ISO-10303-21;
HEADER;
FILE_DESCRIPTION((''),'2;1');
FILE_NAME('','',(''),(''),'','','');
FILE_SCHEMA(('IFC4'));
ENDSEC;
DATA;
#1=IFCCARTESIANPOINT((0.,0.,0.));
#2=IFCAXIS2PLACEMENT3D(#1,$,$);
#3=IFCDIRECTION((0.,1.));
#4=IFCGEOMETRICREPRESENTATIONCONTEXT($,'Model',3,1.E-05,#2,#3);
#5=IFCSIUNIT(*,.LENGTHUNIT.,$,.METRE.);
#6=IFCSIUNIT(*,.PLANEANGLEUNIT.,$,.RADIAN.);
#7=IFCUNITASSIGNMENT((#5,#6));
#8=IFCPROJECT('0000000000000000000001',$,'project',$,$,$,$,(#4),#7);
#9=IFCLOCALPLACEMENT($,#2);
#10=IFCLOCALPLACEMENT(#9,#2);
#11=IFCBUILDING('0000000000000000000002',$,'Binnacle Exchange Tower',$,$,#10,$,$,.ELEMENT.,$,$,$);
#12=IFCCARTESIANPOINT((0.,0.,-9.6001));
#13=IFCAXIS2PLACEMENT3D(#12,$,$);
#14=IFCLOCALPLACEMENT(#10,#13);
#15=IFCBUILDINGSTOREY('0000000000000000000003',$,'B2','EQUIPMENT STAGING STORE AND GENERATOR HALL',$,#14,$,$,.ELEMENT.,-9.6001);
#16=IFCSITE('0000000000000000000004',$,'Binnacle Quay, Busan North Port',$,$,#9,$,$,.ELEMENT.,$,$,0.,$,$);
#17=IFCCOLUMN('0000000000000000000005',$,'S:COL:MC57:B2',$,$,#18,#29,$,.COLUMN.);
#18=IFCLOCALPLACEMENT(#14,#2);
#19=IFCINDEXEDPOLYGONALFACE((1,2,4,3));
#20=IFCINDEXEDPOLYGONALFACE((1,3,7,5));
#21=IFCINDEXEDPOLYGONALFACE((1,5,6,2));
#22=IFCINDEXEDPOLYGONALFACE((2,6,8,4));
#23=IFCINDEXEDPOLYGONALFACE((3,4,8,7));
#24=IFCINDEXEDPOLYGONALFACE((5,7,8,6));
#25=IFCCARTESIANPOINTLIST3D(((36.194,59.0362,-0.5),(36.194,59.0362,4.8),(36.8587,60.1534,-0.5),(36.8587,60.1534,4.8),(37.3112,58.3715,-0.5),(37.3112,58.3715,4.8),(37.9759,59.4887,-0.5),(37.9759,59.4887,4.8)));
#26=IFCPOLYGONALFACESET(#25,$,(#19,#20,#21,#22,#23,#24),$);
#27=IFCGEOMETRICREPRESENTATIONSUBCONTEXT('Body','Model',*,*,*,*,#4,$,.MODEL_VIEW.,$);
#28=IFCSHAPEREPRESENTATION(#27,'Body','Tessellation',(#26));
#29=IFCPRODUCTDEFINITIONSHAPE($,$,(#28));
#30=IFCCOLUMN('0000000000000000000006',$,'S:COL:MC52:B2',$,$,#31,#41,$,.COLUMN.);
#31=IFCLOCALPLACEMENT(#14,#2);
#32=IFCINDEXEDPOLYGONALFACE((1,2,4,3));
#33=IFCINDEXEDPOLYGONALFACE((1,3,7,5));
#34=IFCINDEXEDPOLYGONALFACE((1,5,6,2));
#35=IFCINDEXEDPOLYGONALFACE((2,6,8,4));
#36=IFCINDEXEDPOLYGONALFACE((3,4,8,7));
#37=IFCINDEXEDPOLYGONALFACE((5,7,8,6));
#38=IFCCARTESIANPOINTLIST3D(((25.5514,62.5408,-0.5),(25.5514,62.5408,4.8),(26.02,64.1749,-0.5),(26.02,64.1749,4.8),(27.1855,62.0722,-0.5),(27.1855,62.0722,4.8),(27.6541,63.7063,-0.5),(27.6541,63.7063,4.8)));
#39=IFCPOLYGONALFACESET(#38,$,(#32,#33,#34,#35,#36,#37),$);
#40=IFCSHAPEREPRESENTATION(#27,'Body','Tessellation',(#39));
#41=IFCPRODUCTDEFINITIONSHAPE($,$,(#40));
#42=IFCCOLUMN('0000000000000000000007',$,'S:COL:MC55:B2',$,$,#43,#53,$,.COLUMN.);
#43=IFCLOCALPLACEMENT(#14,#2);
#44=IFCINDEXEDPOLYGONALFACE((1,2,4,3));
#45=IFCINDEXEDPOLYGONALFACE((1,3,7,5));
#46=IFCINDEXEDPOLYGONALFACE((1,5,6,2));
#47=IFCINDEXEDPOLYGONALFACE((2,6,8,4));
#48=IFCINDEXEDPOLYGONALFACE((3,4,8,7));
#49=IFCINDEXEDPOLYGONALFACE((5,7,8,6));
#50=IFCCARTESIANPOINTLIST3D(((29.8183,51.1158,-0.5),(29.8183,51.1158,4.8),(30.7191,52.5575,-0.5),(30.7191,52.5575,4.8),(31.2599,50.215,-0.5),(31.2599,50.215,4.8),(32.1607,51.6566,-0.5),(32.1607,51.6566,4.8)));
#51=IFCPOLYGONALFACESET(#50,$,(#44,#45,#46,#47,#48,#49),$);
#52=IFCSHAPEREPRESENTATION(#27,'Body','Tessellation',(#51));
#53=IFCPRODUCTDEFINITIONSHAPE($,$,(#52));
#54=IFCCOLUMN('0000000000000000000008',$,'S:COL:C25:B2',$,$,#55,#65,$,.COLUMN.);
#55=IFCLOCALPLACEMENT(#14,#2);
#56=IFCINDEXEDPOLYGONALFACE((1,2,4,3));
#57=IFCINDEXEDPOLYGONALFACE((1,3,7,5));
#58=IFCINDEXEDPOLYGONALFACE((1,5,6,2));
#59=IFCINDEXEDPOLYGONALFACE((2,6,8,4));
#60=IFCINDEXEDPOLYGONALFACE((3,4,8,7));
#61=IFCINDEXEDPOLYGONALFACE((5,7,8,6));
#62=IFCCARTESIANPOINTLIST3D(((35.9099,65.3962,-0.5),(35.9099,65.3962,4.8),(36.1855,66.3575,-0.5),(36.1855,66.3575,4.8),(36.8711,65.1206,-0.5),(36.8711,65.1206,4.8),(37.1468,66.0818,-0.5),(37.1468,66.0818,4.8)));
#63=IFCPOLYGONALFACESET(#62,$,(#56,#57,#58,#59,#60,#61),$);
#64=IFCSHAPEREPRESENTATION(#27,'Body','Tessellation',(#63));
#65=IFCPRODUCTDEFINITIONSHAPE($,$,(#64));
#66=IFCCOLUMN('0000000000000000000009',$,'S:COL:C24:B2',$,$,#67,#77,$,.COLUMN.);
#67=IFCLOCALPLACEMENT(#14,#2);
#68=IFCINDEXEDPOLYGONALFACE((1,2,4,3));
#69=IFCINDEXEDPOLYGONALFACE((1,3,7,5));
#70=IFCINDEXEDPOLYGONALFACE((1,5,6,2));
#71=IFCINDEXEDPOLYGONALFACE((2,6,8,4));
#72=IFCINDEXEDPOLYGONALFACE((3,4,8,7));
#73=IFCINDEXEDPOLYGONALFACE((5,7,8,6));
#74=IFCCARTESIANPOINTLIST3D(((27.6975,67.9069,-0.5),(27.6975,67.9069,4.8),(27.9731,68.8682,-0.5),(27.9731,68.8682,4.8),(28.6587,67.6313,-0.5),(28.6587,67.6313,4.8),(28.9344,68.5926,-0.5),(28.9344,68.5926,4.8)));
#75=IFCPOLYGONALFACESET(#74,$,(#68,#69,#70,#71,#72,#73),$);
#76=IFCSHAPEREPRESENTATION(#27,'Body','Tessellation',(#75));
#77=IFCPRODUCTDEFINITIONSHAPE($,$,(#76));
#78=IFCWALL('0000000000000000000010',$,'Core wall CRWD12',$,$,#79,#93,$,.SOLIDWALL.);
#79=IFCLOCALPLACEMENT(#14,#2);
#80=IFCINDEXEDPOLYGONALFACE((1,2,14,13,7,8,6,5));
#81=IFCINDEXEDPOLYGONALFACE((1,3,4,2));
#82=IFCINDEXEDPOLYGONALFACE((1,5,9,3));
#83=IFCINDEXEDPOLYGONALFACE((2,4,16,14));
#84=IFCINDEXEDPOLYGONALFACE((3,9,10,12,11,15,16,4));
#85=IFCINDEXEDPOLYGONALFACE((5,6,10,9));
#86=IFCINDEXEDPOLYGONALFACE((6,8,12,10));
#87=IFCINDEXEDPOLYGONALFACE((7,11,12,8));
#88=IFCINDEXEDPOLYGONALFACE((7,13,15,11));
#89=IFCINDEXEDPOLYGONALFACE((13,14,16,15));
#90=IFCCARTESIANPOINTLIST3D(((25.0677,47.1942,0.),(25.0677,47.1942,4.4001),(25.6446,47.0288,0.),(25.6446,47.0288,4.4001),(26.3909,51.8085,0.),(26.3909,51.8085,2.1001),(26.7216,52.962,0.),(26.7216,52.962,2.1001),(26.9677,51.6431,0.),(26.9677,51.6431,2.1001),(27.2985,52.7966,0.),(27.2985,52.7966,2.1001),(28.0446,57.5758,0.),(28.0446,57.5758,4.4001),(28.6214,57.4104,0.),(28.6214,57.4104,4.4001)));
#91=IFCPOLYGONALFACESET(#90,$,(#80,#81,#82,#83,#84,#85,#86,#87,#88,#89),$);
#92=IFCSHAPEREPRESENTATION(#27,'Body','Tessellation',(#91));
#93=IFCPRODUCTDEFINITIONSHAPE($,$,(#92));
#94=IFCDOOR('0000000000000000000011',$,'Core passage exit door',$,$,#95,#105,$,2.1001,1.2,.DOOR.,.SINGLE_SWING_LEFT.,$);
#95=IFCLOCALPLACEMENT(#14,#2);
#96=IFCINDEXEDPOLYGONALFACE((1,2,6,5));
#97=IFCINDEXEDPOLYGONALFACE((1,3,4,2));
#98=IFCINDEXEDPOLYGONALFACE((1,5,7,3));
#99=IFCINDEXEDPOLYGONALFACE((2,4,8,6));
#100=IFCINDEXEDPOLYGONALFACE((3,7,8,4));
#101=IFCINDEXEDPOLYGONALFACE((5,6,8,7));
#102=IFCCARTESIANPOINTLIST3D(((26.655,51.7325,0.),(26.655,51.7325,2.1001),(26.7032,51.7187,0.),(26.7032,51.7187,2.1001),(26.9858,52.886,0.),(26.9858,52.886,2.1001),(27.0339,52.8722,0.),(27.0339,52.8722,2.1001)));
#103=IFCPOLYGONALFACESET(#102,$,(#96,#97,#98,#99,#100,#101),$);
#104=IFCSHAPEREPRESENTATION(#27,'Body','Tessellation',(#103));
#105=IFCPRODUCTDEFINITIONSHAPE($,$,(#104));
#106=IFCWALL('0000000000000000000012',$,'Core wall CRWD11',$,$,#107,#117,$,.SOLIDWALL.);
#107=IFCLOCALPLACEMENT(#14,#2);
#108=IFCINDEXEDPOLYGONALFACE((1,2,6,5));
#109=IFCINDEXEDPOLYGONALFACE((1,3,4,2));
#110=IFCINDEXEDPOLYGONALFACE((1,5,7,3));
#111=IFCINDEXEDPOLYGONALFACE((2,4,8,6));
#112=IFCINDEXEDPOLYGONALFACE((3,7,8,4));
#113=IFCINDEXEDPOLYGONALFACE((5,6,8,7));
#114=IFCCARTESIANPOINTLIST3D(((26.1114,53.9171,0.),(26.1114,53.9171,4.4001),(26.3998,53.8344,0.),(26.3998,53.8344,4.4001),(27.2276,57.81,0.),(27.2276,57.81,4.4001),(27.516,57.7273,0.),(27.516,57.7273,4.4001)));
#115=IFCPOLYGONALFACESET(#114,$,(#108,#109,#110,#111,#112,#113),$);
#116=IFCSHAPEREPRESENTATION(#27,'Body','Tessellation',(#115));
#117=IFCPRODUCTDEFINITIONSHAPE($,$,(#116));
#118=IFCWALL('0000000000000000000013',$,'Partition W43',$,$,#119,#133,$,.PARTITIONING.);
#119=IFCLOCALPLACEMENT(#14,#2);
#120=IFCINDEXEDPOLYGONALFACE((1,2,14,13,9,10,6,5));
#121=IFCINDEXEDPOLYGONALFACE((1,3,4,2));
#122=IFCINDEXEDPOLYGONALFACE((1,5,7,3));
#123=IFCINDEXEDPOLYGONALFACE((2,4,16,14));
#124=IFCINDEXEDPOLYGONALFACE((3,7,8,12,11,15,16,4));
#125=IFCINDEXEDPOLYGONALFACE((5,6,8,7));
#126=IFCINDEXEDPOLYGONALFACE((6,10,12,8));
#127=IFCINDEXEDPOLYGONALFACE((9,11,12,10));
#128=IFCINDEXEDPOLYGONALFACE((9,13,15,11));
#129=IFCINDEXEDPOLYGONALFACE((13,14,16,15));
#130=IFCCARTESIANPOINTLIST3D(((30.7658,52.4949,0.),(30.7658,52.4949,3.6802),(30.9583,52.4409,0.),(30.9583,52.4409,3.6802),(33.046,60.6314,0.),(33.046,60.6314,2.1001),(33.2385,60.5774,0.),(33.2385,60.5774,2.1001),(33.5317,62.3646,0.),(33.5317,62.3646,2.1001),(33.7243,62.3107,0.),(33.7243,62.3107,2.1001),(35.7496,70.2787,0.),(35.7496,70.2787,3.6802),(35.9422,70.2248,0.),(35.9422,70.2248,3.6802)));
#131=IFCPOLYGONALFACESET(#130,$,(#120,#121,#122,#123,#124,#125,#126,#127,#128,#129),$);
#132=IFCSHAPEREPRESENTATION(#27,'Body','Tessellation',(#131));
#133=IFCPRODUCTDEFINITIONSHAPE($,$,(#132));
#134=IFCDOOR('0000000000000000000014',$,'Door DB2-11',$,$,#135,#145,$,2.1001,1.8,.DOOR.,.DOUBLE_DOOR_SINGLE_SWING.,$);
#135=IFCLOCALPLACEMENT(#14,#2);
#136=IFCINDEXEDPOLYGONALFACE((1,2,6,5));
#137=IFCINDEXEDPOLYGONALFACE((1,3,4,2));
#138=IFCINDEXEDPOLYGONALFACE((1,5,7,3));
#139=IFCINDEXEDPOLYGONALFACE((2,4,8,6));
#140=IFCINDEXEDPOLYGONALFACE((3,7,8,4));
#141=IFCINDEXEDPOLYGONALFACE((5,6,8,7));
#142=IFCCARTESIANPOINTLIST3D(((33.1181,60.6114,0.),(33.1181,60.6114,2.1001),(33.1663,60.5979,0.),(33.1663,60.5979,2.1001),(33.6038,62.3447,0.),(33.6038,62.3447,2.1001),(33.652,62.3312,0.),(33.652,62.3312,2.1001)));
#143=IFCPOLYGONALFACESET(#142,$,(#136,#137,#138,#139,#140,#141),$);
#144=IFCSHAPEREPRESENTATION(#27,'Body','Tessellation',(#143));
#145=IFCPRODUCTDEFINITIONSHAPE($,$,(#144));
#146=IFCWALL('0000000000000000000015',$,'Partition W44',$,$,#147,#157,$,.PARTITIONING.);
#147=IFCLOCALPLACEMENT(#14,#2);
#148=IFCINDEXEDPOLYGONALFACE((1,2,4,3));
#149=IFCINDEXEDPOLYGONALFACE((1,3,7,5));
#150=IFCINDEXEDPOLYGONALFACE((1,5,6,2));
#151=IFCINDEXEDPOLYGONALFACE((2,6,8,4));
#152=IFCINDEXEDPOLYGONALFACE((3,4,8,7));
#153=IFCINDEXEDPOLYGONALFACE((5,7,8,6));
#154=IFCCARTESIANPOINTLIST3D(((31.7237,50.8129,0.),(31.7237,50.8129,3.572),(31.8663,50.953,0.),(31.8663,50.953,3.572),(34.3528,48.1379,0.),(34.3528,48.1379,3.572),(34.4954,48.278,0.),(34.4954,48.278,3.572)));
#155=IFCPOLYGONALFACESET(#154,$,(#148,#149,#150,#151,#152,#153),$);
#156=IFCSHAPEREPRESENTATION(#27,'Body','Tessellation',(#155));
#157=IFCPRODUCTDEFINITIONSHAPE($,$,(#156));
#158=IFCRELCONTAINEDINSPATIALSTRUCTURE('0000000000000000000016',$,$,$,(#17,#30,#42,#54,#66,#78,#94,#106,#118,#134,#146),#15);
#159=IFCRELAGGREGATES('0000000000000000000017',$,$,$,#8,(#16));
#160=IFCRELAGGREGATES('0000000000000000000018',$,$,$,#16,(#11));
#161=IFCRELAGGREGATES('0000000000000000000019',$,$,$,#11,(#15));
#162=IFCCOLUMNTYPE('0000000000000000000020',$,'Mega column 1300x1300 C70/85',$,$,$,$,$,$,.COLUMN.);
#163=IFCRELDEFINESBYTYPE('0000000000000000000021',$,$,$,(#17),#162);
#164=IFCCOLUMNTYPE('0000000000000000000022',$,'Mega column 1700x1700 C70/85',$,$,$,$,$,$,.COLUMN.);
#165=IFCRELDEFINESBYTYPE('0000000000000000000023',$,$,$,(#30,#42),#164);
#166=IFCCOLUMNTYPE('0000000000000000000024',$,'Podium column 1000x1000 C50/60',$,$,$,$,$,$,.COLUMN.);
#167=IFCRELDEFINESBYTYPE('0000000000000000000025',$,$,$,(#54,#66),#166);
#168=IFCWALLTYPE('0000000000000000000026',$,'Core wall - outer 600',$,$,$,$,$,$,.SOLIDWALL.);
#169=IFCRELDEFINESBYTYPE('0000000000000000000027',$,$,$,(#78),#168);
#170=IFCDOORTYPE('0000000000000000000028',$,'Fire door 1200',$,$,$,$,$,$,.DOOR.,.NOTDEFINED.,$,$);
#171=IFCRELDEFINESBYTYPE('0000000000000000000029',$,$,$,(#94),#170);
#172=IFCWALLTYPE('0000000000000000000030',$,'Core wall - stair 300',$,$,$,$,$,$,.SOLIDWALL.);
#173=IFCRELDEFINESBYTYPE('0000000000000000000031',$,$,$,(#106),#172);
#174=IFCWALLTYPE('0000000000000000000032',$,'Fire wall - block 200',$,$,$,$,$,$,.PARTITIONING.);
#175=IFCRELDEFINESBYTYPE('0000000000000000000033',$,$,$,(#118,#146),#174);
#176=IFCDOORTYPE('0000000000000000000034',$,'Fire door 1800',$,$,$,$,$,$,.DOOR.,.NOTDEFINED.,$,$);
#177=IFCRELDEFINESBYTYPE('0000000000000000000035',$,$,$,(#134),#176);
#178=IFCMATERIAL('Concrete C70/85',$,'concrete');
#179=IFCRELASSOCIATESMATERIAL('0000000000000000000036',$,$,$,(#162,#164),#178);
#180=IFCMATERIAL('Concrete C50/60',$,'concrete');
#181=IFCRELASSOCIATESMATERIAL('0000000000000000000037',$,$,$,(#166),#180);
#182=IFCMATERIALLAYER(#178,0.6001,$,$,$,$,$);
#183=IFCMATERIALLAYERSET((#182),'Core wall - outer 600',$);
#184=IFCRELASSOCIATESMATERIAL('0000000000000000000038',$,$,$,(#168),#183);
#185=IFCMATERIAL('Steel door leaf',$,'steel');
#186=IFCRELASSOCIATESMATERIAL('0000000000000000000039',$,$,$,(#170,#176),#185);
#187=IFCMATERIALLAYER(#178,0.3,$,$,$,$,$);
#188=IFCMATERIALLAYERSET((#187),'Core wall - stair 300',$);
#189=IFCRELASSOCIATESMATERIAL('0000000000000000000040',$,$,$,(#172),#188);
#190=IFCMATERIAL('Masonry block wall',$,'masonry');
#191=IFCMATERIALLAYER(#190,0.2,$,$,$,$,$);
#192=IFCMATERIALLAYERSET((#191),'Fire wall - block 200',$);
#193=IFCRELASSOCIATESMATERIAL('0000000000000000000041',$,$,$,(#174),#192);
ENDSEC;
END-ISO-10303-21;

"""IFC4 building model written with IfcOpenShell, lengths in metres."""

from ifc_helpers import new_model, si_unit, direction, frame, frame_2d, origin, origin_2d, place, context, subcontext, project, spatial, rectangle, extrude, material, layer, layer_set, material_profile, profile_set, type_object, element, fill, save


model = new_model("IFC4")

# Units and contexts
model_context = context("Model", 3, precision=1e-05, world=origin(), true_north=direction((0.0, 1.0)))
body_context = subcontext(model_context, "Body", "Model", "MODEL_VIEW")
ifc_project = project(units=[si_unit("LENGTHUNIT", "METRE"), si_unit("PLANEANGLEUNIT", "RADIAN")], contexts=[model_context])

# Site, building, storey
site_placement = place(None, origin())
site = spatial("IfcSite", under=ifc_project, at=site_placement, Name="Binnacle Quay, Busan North Port", CompositionType="ELEMENT", RefElevation=0.0)
building_placement = place(site_placement, origin())
building = spatial("IfcBuilding", under=site, at=building_placement, Name="Binnacle Exchange Tower", CompositionType="ELEMENT")
storey_placement = place(building_placement, frame((0.0, 0.0, -9.6001)))
storey = spatial("IfcBuildingStorey", under=building, at=storey_placement, Name="B2", Description="EQUIPMENT STAGING STORE AND GENERATOR HALL", CompositionType="ELEMENT", Elevation=-9.6001)

# Columns
ifc_material_1 = material(Name="Concrete C70/85", Category="concrete")
ifc_material_profile_1 = material_profile(ifc_material_1, rectangle(XDim=1.3, YDim=1.3, at=origin_2d()), Name="Mega column 1300x1300 C70/85")
ifc_profile_set_1 = profile_set([ifc_material_profile_1], Name="Concrete C70/85")
column_type_1 = type_object("IfcColumnType", Name="Mega column 1300x1300 C70/85", PredefinedType="COLUMN", material=ifc_profile_set_1)
column_placement = place(storey_placement, frame((37.085, 59.2625, -0.5), z_axis=(0.0, 0.0, 1.0), x_axis=(-0.859406, 0.511293, 0.0)))
element("IfcColumn", 1, at=column_placement, inside=storey, type_object=column_type_1, Name="S:COL:MC57:B2", PredefinedType="COLUMN", context=body_context, shape_type="SweptSolid", body=[
    extrude(rectangle(XDim=1.3, YDim=1.3, at=origin_2d()), origin(), (0.0, 0.0, 1.0), 5.3),
])
ifc_material_profile_2 = material_profile(ifc_material_1, rectangle(XDim=1.7, YDim=1.7, at=origin_2d()), Name="Mega column 1700x1700 C70/85")
ifc_profile_set_2 = profile_set([ifc_material_profile_2], Name="Concrete C70/85")
column_type_2 = type_object("IfcColumnType", Name="Mega column 1700x1700 C70/85", PredefinedType="COLUMN", material=ifc_profile_set_2)
for number, where, z_axis, x_axis, name in (
    (2, (26.6028, 63.1235, -0.5), (0.0, 0.0, 1.0), (-0.961262, 0.275637, 0.0), "S:COL:MC52:B2"),
    (3, (30.9895, 51.3862, -0.5), (0.0, 0.0, 1.0), (0.529919, 0.848048, 0.0), "S:COL:MC55:B2"),
):
    element("IfcColumn", number, at=place(storey_placement, frame(where, z_axis=z_axis, x_axis=x_axis)), inside=storey, type_object=column_type_2, Name=name, PredefinedType="COLUMN", context=body_context, shape_type="SweptSolid", body=[
        extrude(rectangle(XDim=1.7, YDim=1.7, at=origin_2d()), origin(), (0.0, 0.0, 1.0), 5.3),
    ])
ifc_material_2 = material(Name="Concrete C50/60", Category="concrete")
ifc_material_profile_3 = material_profile(ifc_material_2, rectangle(XDim=1.0, YDim=1.0, at=origin_2d()), Name="Podium column 1000x1000 C50/60")
ifc_profile_set_3 = profile_set([ifc_material_profile_3], Name="Concrete C50/60")
column_type_3 = type_object("IfcColumnType", Name="Podium column 1000x1000 C50/60", PredefinedType="COLUMN", material=ifc_profile_set_3)
for number, where, z_axis, x_axis, name in (
    (4, (36.5283, 65.739, -0.5), (0.0, 0.0, 1.0), (-0.961262, 0.275637, 0.0), "S:COL:C25:B2"),
    (5, (28.3159, 68.2498, -0.5), (0.0, 0.0, 1.0), (-0.961262, 0.275637, 0.0), "S:COL:C24:B2"),
):
    element("IfcColumn", number, at=place(storey_placement, frame(where, z_axis=z_axis, x_axis=x_axis)), inside=storey, type_object=column_type_3, Name=name, PredefinedType="COLUMN", context=body_context, shape_type="SweptSolid", body=[
        extrude(rectangle(XDim=1.0, YDim=1.0, at=origin_2d()), origin(), (0.0, 0.0, 1.0), 5.3),
    ])

# Wall, opening, door
ifc_layer_1 = layer(ifc_material_1, 0.6001)
ifc_layer_set_1 = layer_set([ifc_layer_1], Name="Core wall - outer 600")
wall_type_1 = type_object("IfcWallType", Name="Core wall - outer 600", PredefinedType="SOLIDWALL", material=ifc_layer_set_1)
wall_1_placement = place(storey_placement, frame((25.3562, 47.1116, 0.0), z_axis=(0.0, 0.0, 1.0), x_axis=(0.275632, 0.961263, 0.0)))
wall_1 = element("IfcWall", 6, at=wall_1_placement, inside=storey, type_object=wall_type_1, Name="Core wall CRWD12", PredefinedType="SOLIDWALL", context=body_context, shape_type="SweptSolid", body=[
    extrude(rectangle(XDim=10.8, YDim=0.6001, at=frame_2d((5.3999, 0.0))), origin(), (0.0, 0.0, 1.0), 4.4001),
])
opening_1_placement = place(wall_1_placement, frame((4.8, 0.0, 0.0)))
opening_1 = element("IfcOpeningElement", 7, at=opening_1_placement, cuts=wall_1, PredefinedType="OPENING", context=body_context, shape_type="SweptSolid", body=[
    extrude(rectangle(XDim=1.2, YDim=2.1001, at=frame_2d((0.6001, 1.05))), frame((0.0, 0.3101, 0.0), z_axis=(0.0, -1.0, 0.0), x_axis=(1.0, 0.0, 0.0)), (0.0, 0.0, 1.0), 0.6201),
])
ifc_material_3 = material(Name="Steel door leaf", Category="steel")
door_type_1 = type_object("IfcDoorType", Name="Fire door 1200", OperationType="NOTDEFINED", PredefinedType="DOOR", material=ifc_material_3)
door_1_placement = place(opening_1_placement, frame((1.2, 0.0, 0.0), z_axis=(0.0, 0.0, 1.0), x_axis=(-1.0, 0.0, 0.0)))
door_1 = element("IfcDoor", 8, at=door_1_placement, inside=storey, type_object=door_type_1, Name="Core passage exit door", OperationType="SINGLE_SWING_LEFT", OverallHeight=2.1001, OverallWidth=1.2, PredefinedType="DOOR", context=body_context, shape_type="SweptSolid", body=[
    extrude(rectangle(XDim=1.2, YDim=2.1001, at=frame_2d((0.6001, 1.05))), frame((0.0, 0.0249, 0.0), z_axis=(0.0, -1.0, 0.0), x_axis=(1.0, 0.0, 0.0)), (0.0, 0.0, 1.0), 0.05),
])
fill(opening_1, door_1)

# Wall
ifc_layer_2 = layer(ifc_material_1, 0.3)
ifc_layer_set_2 = layer_set([ifc_layer_2], Name="Core wall - stair 300")
wall_type_2 = type_object("IfcWallType", Name="Core wall - stair 300", PredefinedType="SOLIDWALL", material=ifc_layer_set_2)
wall_2_placement = place(storey_placement, frame((26.2556, 53.8757, 0.0), z_axis=(0.0, 0.0, 1.0), x_axis=(0.275613, 0.961269, 0.0)))
element("IfcWall", 9, at=wall_2_placement, inside=storey, type_object=wall_type_2, Name="Core wall CRWD11", PredefinedType="SOLIDWALL", context=body_context, shape_type="SweptSolid", body=[
    extrude(rectangle(XDim=4.0498, YDim=0.3, at=frame_2d((2.0249, 0.0))), origin(), (0.0, 0.0, 1.0), 4.4001),
])

# Wall, opening, door
ifc_material_4 = material(Name="Masonry block wall", Category="masonry")
ifc_layer_3 = layer(ifc_material_4, 0.2)
ifc_layer_set_3 = layer_set([ifc_layer_3], Name="Fire wall - block 200")
wall_type_3 = type_object("IfcWallType", Name="Fire wall - block 200", PredefinedType="PARTITIONING", material=ifc_layer_set_3)
wall_3_placement = place(storey_placement, frame((30.8621, 52.468, 0.0), z_axis=(0.0, 0.0, 1.0), x_axis=(0.26985, 0.962902, 0.0)))
wall_3 = element("IfcWall", 10, at=wall_3_placement, inside=storey, type_object=wall_type_3, Name="Partition W43", PredefinedType="PARTITIONING", context=body_context, shape_type="SweptSolid", body=[
    extrude(rectangle(XDim=18.469, YDim=0.2, at=frame_2d((9.2344, 0.0))), origin(), (0.0, 0.0, 1.0), 3.6802),
])
opening_2_placement = place(wall_3_placement, frame((8.45, 0.0, 0.0)))
opening_2 = element("IfcOpeningElement", 11, at=opening_2_placement, cuts=wall_3, PredefinedType="OPENING", context=body_context, shape_type="SweptSolid", body=[
    extrude(rectangle(XDim=1.8, YDim=2.1001, at=frame_2d((0.8999, 1.05))), frame((0.0, 0.1099, 0.0), z_axis=(0.0, -1.0, 0.0), x_axis=(1.0, 0.0, 0.0)), (0.0, 0.0, 1.0), 0.22),
])
door_type_2 = type_object("IfcDoorType", Name="Fire door 1800", OperationType="NOTDEFINED", PredefinedType="DOOR", material=ifc_material_3)
door_2_placement = place(opening_2_placement, frame((1.8, 0.0, 0.0), z_axis=(0.0, 0.0, 1.0), x_axis=(-1.0, 0.0, 0.0)))
door_2 = element("IfcDoor", 12, at=door_2_placement, inside=storey, type_object=door_type_2, Name="Door DB2-11", OperationType="DOUBLE_DOOR_SINGLE_SWING", OverallHeight=2.1001, OverallWidth=1.8, PredefinedType="DOOR", context=body_context, shape_type="SweptSolid", body=[
    extrude(rectangle(XDim=1.8, YDim=2.1001, at=frame_2d((0.8999, 1.05))), frame((0.0, 0.0249, 0.0), z_axis=(0.0, -1.0, 0.0), x_axis=(1.0, 0.0, 0.0)), (0.0, 0.0, 1.0), 0.05),
])
fill(opening_2, door_2)

# Wall
wall_4_placement = place(storey_placement, frame((31.7949, 50.8831, 0.0), z_axis=(0.0, 0.0, 1.0), x_axis=(0.700962, -0.713199, 0.0)))
element("IfcWall", 13, at=wall_4_placement, inside=storey, type_object=wall_type_3, Name="Partition W44", PredefinedType="PARTITIONING", context=body_context, shape_type="SweptSolid", body=[
    extrude(rectangle(XDim=3.7507, YDim=0.2, at=frame_2d((1.8755, 0.0))), origin(), (0.0, 0.0, 1.0), 3.572),
])

save(model, "model.ifc")
